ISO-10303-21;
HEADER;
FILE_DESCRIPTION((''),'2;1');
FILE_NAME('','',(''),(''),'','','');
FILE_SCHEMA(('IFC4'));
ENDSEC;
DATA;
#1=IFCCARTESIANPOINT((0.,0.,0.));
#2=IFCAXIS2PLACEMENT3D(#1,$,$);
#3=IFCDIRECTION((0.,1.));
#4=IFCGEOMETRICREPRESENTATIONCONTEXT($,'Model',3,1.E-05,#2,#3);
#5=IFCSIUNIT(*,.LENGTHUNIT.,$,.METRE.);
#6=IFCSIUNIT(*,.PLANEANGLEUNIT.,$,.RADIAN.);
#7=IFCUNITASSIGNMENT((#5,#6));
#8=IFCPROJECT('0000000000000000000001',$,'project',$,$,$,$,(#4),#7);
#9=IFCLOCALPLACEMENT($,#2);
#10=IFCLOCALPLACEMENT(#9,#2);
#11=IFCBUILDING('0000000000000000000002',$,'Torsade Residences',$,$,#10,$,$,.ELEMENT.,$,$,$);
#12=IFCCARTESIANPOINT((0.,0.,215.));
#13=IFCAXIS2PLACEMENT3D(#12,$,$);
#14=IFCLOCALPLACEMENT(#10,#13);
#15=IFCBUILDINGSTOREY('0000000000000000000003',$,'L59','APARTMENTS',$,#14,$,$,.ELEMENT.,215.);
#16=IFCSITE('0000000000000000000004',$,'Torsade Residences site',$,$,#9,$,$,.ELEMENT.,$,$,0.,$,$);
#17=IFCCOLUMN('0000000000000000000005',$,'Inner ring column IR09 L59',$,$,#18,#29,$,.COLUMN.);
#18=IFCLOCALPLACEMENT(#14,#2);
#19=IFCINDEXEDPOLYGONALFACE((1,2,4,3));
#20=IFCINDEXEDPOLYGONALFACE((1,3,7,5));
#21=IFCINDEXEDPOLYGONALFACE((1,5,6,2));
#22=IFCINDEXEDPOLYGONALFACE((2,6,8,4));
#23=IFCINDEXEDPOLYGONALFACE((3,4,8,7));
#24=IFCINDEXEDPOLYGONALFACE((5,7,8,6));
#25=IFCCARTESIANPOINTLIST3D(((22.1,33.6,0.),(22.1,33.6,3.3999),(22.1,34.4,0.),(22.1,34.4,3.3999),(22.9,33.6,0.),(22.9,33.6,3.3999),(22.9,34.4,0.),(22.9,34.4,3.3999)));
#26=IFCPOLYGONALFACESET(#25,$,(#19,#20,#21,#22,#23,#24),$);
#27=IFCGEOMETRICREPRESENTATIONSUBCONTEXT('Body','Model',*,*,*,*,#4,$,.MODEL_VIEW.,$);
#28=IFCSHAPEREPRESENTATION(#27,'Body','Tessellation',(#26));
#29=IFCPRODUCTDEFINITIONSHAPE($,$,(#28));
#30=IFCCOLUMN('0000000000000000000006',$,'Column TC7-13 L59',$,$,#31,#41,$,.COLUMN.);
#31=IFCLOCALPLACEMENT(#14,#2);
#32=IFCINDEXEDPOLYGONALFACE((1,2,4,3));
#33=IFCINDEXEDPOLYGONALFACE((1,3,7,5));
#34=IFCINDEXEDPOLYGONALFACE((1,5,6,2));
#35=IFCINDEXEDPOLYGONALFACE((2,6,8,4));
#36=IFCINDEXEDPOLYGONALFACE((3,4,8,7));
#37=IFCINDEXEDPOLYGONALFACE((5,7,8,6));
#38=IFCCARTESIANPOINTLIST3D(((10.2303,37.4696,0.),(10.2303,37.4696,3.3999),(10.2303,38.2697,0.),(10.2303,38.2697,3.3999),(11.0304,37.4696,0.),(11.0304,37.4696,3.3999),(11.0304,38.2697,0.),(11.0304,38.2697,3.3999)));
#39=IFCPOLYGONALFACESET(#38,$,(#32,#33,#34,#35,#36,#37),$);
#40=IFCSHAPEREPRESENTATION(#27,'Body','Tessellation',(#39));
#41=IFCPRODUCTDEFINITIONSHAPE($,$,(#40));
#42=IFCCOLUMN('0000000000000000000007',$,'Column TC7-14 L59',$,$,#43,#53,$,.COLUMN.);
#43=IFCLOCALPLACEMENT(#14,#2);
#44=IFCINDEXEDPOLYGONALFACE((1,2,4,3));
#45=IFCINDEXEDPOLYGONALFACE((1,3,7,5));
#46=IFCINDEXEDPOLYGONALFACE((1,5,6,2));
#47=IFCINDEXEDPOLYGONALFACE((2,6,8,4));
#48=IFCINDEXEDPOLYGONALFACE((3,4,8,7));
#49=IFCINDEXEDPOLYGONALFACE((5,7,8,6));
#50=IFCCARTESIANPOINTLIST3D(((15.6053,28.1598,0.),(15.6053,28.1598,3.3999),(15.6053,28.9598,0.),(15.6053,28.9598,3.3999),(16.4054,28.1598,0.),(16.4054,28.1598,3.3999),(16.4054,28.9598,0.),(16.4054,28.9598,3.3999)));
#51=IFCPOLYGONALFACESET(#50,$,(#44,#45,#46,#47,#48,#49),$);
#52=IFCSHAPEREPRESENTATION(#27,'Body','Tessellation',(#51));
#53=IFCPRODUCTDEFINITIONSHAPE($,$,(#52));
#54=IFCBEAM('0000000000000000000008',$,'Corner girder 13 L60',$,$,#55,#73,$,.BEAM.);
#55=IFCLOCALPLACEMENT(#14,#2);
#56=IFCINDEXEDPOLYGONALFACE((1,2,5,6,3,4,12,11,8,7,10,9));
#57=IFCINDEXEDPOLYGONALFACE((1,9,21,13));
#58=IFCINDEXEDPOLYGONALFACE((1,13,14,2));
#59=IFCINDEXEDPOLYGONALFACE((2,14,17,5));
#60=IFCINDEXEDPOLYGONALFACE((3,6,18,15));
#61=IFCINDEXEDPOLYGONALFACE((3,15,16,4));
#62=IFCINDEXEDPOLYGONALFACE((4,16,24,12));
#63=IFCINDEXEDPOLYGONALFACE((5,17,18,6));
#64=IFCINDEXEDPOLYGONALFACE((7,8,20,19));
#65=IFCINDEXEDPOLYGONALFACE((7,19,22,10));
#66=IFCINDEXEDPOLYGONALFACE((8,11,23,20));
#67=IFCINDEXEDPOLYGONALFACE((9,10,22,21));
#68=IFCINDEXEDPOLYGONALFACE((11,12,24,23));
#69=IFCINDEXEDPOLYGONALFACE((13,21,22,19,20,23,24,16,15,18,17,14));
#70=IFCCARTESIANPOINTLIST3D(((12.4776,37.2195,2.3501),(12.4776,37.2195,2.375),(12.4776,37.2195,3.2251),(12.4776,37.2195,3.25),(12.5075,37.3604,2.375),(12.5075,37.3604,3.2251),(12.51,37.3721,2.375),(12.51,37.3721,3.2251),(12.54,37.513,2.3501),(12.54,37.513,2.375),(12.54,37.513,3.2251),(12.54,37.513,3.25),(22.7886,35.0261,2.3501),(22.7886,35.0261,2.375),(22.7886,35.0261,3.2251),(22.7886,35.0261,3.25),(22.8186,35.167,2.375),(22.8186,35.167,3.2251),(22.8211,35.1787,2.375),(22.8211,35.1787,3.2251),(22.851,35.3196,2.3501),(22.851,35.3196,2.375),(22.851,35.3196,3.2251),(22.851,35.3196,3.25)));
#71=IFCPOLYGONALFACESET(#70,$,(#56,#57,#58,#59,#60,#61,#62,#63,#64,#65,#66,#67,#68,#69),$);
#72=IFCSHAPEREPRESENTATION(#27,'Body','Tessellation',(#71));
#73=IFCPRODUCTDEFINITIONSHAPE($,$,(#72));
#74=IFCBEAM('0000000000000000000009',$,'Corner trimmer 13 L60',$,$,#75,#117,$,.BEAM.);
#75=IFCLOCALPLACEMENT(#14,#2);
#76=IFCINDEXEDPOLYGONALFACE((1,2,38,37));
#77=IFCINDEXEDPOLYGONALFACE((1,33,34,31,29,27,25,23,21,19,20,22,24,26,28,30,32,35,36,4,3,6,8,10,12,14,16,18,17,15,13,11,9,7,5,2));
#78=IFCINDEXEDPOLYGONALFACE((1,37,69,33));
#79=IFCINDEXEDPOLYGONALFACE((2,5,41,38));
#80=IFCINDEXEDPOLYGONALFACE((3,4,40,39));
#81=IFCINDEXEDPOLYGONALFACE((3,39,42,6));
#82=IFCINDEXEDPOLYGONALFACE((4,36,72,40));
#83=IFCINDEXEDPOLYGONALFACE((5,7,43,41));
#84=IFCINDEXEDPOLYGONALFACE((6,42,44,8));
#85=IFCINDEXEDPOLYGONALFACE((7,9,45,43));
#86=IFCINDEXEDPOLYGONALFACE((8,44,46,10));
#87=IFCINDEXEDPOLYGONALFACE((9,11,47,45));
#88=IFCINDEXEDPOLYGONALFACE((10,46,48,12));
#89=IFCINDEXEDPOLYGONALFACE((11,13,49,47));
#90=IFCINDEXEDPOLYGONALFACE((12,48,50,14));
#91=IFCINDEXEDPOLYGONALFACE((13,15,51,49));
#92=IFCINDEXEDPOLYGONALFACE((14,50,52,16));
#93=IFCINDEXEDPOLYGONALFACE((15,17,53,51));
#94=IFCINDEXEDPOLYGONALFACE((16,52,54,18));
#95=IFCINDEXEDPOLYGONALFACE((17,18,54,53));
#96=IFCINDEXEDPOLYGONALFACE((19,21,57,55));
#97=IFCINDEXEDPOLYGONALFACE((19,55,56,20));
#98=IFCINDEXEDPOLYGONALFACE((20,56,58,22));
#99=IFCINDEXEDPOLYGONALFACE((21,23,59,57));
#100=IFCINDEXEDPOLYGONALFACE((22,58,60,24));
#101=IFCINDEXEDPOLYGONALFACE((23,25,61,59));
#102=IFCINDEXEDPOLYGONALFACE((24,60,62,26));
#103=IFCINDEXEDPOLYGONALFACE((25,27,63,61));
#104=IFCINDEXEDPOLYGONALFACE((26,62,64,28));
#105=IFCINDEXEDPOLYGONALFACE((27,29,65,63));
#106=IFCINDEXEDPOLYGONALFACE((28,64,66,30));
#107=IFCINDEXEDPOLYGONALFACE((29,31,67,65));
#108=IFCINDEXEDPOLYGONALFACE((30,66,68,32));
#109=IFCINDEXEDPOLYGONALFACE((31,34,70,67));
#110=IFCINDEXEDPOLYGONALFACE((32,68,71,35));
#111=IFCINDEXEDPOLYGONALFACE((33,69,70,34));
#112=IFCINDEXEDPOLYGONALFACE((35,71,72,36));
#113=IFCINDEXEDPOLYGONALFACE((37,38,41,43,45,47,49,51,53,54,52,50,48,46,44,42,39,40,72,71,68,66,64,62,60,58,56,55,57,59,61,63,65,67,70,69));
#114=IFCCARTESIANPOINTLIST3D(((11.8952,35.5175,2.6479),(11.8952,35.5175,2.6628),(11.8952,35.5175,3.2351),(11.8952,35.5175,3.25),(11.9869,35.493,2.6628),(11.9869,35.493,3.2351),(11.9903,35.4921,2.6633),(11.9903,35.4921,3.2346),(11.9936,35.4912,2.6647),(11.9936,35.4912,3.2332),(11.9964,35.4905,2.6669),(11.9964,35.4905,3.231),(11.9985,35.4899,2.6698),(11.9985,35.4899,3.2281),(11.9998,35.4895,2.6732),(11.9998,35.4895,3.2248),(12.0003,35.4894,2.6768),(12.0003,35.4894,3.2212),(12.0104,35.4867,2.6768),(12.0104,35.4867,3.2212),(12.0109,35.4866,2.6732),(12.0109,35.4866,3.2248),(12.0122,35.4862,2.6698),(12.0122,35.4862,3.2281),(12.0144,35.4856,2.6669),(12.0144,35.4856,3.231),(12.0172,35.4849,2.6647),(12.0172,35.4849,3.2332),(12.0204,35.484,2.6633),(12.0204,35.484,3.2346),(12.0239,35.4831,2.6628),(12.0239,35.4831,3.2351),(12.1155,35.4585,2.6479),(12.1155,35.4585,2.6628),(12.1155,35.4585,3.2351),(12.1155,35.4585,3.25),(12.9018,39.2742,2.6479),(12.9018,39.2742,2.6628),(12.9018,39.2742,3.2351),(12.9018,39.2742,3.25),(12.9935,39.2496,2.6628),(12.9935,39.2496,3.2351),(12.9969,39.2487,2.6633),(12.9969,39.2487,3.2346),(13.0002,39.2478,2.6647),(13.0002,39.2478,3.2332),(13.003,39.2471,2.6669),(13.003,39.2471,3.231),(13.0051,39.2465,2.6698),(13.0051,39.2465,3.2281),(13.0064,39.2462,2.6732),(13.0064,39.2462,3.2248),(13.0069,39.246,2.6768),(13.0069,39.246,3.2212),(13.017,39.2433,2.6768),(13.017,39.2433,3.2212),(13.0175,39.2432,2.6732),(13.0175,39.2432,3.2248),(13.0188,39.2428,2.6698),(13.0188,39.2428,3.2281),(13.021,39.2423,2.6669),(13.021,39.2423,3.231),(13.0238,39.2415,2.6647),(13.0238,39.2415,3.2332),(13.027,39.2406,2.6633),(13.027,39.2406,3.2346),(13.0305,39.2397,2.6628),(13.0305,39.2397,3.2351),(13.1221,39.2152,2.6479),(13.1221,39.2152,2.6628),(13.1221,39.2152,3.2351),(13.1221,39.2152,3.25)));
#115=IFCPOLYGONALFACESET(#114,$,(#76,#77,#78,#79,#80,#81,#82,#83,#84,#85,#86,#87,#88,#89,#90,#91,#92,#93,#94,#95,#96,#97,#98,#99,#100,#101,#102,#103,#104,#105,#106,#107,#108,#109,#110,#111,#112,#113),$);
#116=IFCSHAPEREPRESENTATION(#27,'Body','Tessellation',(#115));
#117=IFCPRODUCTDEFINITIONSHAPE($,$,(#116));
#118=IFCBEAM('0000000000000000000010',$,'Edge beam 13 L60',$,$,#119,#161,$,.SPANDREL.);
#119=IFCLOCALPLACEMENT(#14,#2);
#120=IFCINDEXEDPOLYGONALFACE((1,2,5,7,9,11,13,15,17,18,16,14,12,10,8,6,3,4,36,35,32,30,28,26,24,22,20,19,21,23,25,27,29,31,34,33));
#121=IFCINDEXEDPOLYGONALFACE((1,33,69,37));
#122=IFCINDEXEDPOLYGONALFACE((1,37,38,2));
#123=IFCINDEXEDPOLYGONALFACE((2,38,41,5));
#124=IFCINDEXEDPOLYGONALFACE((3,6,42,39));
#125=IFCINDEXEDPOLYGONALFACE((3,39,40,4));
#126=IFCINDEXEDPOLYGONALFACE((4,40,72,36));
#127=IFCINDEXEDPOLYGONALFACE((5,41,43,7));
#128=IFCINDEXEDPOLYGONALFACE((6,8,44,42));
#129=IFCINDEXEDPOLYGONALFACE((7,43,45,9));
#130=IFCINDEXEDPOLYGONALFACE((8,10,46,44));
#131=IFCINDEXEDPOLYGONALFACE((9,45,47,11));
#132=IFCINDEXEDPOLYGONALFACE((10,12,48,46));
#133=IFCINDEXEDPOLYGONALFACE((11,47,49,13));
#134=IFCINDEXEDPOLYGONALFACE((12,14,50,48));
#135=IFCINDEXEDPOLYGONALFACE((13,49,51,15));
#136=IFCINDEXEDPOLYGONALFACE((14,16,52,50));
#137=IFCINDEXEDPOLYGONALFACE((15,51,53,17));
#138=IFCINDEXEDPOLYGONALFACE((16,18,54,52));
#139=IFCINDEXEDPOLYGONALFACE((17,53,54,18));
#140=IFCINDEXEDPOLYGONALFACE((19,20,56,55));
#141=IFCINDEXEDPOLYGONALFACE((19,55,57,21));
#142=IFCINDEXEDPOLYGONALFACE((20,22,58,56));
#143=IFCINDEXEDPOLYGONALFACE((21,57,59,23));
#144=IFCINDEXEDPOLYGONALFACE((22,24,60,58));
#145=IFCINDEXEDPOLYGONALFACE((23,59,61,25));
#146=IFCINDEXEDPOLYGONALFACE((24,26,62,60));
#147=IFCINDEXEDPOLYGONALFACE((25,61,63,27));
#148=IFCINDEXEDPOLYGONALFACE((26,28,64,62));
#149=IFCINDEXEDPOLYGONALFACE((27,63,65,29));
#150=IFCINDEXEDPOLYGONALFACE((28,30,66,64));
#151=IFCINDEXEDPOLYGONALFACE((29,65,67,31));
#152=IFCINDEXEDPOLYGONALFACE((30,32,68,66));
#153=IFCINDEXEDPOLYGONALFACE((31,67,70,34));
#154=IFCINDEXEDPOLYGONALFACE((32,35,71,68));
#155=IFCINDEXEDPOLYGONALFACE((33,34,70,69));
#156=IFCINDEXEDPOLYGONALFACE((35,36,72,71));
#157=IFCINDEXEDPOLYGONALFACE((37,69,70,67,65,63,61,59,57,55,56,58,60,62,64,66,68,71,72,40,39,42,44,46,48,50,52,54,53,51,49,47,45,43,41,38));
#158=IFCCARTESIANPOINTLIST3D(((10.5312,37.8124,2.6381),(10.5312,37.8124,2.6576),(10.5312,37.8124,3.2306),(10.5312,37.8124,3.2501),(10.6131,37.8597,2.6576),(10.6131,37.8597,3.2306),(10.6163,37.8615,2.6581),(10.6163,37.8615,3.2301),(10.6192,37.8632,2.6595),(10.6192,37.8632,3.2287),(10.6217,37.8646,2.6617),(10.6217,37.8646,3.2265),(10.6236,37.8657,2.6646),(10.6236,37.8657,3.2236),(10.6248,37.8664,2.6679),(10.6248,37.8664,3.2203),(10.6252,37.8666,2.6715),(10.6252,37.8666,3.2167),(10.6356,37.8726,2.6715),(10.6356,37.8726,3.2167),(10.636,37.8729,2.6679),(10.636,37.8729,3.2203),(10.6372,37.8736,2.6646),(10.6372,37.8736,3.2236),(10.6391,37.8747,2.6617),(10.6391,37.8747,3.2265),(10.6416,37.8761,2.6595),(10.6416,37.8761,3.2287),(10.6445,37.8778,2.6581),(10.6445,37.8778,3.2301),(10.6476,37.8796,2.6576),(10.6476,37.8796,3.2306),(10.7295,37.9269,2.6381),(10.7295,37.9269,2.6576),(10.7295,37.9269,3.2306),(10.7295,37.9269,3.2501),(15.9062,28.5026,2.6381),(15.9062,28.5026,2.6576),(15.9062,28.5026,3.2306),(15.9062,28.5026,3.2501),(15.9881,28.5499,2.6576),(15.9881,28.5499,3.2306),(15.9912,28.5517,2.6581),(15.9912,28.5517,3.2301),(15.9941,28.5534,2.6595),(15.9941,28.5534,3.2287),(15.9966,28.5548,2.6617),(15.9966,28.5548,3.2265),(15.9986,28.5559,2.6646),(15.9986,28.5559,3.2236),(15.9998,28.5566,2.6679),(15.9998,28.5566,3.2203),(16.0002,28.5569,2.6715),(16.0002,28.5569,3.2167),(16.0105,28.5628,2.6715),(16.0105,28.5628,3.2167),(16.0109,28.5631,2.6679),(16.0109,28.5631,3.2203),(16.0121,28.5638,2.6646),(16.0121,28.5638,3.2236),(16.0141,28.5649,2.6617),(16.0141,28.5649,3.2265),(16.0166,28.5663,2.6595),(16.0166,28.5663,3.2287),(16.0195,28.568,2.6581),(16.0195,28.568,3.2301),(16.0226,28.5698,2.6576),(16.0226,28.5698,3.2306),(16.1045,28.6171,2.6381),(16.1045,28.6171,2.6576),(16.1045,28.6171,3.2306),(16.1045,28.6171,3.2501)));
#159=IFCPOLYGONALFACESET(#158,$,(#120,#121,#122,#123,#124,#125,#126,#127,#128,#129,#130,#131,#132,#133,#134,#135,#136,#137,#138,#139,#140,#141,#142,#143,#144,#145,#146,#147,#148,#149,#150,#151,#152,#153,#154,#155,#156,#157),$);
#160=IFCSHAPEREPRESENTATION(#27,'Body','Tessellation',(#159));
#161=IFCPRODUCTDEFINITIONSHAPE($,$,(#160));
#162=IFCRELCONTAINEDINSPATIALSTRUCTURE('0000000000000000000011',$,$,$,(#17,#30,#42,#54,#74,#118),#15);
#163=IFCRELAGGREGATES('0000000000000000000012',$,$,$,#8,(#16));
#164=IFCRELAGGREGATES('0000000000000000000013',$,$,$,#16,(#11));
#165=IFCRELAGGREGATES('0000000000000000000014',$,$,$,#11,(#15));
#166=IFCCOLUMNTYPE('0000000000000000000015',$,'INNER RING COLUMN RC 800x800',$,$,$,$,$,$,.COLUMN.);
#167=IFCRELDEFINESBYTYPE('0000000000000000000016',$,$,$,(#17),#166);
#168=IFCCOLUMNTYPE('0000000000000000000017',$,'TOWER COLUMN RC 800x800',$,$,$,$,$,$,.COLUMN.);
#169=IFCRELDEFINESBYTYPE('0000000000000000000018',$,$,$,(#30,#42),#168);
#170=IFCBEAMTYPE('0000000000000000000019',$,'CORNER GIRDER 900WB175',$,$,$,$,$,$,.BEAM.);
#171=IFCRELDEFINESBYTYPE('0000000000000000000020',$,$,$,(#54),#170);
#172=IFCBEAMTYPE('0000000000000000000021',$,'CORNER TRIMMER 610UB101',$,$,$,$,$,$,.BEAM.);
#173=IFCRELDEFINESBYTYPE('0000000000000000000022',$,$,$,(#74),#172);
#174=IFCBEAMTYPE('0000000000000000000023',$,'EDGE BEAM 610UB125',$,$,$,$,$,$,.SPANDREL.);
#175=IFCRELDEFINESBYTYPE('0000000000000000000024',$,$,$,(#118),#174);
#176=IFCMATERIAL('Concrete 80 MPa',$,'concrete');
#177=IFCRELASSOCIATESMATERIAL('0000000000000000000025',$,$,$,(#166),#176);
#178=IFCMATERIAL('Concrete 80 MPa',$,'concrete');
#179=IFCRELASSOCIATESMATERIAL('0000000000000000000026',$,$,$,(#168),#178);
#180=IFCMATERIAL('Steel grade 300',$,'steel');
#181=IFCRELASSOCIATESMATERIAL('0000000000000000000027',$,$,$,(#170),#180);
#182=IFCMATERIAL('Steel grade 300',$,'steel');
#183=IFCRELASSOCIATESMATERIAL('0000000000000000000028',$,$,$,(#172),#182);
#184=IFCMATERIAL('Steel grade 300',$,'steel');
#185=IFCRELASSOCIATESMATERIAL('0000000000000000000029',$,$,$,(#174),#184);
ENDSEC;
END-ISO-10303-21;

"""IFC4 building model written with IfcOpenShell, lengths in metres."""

from ifc_helpers import new_model, si_unit, direction, frame, origin, origin_2d, place, context, subcontext, project, spatial, rectangle, i_section, extrude, material, material_profile, profile_set, type_object, element, save


model = new_model("IFC4")

# Units and contexts
model_context = context("Model", 3, precision=1e-05, world=origin(), true_north=direction((0.0, 1.0)))
body_context = subcontext(model_context, "Body", "Model", "MODEL_VIEW")
ifc_project = project(units=[si_unit("LENGTHUNIT", "METRE"), si_unit("PLANEANGLEUNIT", "RADIAN")], contexts=[model_context])

# Site, building, storey
site_placement = place(None, origin())
site = spatial("IfcSite", under=ifc_project, at=site_placement, Name="Torsade Residences site", CompositionType="ELEMENT", RefElevation=0.0)
building_placement = place(site_placement, origin())
building = spatial("IfcBuilding", under=site, at=building_placement, Name="Torsade Residences", CompositionType="ELEMENT")
storey_placement = place(building_placement, frame((0.0, 0.0, 215.0)))
storey = spatial("IfcBuildingStorey", under=building, at=storey_placement, Name="L59", Description="APARTMENTS", CompositionType="ELEMENT", Elevation=215.0)

# Columns
ifc_material_1 = material(Name="Concrete 80 MPa", Category="concrete")
ifc_material_profile_1 = material_profile(ifc_material_1, rectangle(XDim=0.8, YDim=0.8, at=origin_2d()), Name="RC 800x800")
ifc_profile_set_1 = profile_set([ifc_material_profile_1], Name="Concrete 80 MPa")
column_type_1 = type_object("IfcColumnType", Name="INNER RING COLUMN RC 800x800", PredefinedType="COLUMN", material=ifc_profile_set_1)
column_placement = place(storey_placement, frame((22.5, 34.0, 0.0), z_axis=(0.0, 0.0, 1.0), x_axis=(1.0, 0.0, 0.0)))
element("IfcColumn", 1, at=column_placement, inside=storey, type_object=column_type_1, Name="Inner ring column IR09 L59", PredefinedType="COLUMN", context=body_context, shape_type="SweptSolid", body=[
    extrude(rectangle(XDim=0.8, YDim=0.8, at=origin_2d()), origin(), (0.0, 0.0, 1.0), 3.3999),
])
ifc_material_2 = material(Name="Concrete 80 MPa", Category="concrete")
ifc_material_profile_2 = material_profile(ifc_material_2, rectangle(XDim=0.8, YDim=0.8, at=origin_2d()), Name="RC 800x800")
ifc_profile_set_2 = profile_set([ifc_material_profile_2], Name="Concrete 80 MPa")
column_type_2 = type_object("IfcColumnType", Name="TOWER COLUMN RC 800x800", PredefinedType="COLUMN", material=ifc_profile_set_2)
for number, where, z_axis, x_axis, name in (
    (2, (10.6304, 37.8696, 0.0), (0.0, 0.0, 1.0), (1.0, 0.0, 0.0), "Column TC7-13 L59"),
    (3, (16.0054, 28.5598, 0.0), (0.0, 0.0, 1.0), (1.0, 0.0, 0.0), "Column TC7-14 L59"),
):
    element("IfcColumn", number, at=place(storey_placement, frame(where, z_axis=z_axis, x_axis=x_axis)), inside=storey, type_object=column_type_2, Name=name, PredefinedType="COLUMN", context=body_context, shape_type="SweptSolid", body=[
        extrude(rectangle(XDim=0.8, YDim=0.8, at=origin_2d()), origin(), (0.0, 0.0, 1.0), 3.3999),
    ])

# Beams
ifc_material_3 = material(Name="Steel grade 300", Category="steel")
ifc_material_profile_3 = material_profile(ifc_material_3, i_section(OverallWidth=0.3, OverallDepth=0.8999, WebThickness=0.012, FlangeThickness=0.0249, at=origin_2d()), Name="900WB175")
ifc_profile_set_3 = profile_set([ifc_material_profile_3], Name="Steel grade 300")
beam_type_1 = type_object("IfcBeamType", Name="CORNER GIRDER 900WB175", PredefinedType="BEAM", material=ifc_profile_set_3)
beam_1_placement = place(storey_placement, frame((12.5088, 37.3662, 2.8), z_axis=(0.978115, -0.208064, 0.0), x_axis=(0.208064, 0.978115, 0.0)))
element("IfcBeam", 4, at=beam_1_placement, inside=storey, type_object=beam_type_1, Name="Corner girder 13 L60", PredefinedType="BEAM", context=body_context, shape_type="SweptSolid", body=[
    extrude(i_section(OverallWidth=0.3, OverallDepth=0.8999, WebThickness=0.012, FlangeThickness=0.0249, at=origin_2d()), origin(), (0.0, 0.0, 1.0), 10.5417),
])
ifc_material_4 = material(Name="Steel grade 300", Category="steel")
ifc_material_profile_4 = material_profile(ifc_material_4, i_section(OverallWidth=0.228, OverallDepth=0.6021, WebThickness=0.0105, FlangeThickness=0.0149, FilletRadius=0.0139, at=origin_2d()), Name="610UB101")
ifc_profile_set_4 = profile_set([ifc_material_profile_4], Name="Steel grade 300")
beam_type_2 = type_object("IfcBeamType", Name="CORNER TRIMMER 610UB101", PredefinedType="BEAM", material=ifc_profile_set_4)
beam_2_placement = place(storey_placement, frame((12.0054, 35.488, 2.949), z_axis=(0.258823, 0.965925, 0.0), x_axis=(-0.965925, 0.258823, 0.0)))
element("IfcBeam", 5, at=beam_2_placement, inside=storey, type_object=beam_type_2, Name="Corner trimmer 13 L60", PredefinedType="BEAM", context=body_context, shape_type="SweptSolid", body=[
    extrude(i_section(OverallWidth=0.228, OverallDepth=0.6021, WebThickness=0.0105, FlangeThickness=0.0149, FilletRadius=0.0139, at=origin_2d()), origin(), (0.0, 0.0, 1.0), 3.8892),
])
ifc_material_5 = material(Name="Steel grade 300", Category="steel")
ifc_material_profile_5 = material_profile(ifc_material_5, i_section(OverallWidth=0.229, OverallDepth=0.6121, WebThickness=0.012, FlangeThickness=0.0195, FilletRadius=0.0139, at=origin_2d()), Name="610UB125")
ifc_profile_set_5 = profile_set([ifc_material_profile_5], Name="Steel grade 300")
beam_type_3 = type_object("IfcBeamType", Name="EDGE BEAM 610UB125", PredefinedType="SPANDREL", material=ifc_profile_set_5)
for number, where, z_axis, x_axis, name in (
    (6, (10.6304, 37.8696, 2.9441), (0.499998, -0.866026, 0.0), (0.866026, 0.499998, 0.0), "Edge beam 13 L60"),
):
    element("IfcBeam", number, at=place(storey_placement, frame(where, z_axis=z_axis, x_axis=x_axis)), inside=storey, type_object=beam_type_3, Name=name, PredefinedType="SPANDREL", context=body_context, shape_type="SweptSolid", body=[
        extrude(i_section(OverallWidth=0.229, OverallDepth=0.6121, WebThickness=0.012, FlangeThickness=0.0195, FilletRadius=0.0139, at=origin_2d()), origin(), (0.0, 0.0, 1.0), 10.75),
    ])

save(model, "model.ifc")
